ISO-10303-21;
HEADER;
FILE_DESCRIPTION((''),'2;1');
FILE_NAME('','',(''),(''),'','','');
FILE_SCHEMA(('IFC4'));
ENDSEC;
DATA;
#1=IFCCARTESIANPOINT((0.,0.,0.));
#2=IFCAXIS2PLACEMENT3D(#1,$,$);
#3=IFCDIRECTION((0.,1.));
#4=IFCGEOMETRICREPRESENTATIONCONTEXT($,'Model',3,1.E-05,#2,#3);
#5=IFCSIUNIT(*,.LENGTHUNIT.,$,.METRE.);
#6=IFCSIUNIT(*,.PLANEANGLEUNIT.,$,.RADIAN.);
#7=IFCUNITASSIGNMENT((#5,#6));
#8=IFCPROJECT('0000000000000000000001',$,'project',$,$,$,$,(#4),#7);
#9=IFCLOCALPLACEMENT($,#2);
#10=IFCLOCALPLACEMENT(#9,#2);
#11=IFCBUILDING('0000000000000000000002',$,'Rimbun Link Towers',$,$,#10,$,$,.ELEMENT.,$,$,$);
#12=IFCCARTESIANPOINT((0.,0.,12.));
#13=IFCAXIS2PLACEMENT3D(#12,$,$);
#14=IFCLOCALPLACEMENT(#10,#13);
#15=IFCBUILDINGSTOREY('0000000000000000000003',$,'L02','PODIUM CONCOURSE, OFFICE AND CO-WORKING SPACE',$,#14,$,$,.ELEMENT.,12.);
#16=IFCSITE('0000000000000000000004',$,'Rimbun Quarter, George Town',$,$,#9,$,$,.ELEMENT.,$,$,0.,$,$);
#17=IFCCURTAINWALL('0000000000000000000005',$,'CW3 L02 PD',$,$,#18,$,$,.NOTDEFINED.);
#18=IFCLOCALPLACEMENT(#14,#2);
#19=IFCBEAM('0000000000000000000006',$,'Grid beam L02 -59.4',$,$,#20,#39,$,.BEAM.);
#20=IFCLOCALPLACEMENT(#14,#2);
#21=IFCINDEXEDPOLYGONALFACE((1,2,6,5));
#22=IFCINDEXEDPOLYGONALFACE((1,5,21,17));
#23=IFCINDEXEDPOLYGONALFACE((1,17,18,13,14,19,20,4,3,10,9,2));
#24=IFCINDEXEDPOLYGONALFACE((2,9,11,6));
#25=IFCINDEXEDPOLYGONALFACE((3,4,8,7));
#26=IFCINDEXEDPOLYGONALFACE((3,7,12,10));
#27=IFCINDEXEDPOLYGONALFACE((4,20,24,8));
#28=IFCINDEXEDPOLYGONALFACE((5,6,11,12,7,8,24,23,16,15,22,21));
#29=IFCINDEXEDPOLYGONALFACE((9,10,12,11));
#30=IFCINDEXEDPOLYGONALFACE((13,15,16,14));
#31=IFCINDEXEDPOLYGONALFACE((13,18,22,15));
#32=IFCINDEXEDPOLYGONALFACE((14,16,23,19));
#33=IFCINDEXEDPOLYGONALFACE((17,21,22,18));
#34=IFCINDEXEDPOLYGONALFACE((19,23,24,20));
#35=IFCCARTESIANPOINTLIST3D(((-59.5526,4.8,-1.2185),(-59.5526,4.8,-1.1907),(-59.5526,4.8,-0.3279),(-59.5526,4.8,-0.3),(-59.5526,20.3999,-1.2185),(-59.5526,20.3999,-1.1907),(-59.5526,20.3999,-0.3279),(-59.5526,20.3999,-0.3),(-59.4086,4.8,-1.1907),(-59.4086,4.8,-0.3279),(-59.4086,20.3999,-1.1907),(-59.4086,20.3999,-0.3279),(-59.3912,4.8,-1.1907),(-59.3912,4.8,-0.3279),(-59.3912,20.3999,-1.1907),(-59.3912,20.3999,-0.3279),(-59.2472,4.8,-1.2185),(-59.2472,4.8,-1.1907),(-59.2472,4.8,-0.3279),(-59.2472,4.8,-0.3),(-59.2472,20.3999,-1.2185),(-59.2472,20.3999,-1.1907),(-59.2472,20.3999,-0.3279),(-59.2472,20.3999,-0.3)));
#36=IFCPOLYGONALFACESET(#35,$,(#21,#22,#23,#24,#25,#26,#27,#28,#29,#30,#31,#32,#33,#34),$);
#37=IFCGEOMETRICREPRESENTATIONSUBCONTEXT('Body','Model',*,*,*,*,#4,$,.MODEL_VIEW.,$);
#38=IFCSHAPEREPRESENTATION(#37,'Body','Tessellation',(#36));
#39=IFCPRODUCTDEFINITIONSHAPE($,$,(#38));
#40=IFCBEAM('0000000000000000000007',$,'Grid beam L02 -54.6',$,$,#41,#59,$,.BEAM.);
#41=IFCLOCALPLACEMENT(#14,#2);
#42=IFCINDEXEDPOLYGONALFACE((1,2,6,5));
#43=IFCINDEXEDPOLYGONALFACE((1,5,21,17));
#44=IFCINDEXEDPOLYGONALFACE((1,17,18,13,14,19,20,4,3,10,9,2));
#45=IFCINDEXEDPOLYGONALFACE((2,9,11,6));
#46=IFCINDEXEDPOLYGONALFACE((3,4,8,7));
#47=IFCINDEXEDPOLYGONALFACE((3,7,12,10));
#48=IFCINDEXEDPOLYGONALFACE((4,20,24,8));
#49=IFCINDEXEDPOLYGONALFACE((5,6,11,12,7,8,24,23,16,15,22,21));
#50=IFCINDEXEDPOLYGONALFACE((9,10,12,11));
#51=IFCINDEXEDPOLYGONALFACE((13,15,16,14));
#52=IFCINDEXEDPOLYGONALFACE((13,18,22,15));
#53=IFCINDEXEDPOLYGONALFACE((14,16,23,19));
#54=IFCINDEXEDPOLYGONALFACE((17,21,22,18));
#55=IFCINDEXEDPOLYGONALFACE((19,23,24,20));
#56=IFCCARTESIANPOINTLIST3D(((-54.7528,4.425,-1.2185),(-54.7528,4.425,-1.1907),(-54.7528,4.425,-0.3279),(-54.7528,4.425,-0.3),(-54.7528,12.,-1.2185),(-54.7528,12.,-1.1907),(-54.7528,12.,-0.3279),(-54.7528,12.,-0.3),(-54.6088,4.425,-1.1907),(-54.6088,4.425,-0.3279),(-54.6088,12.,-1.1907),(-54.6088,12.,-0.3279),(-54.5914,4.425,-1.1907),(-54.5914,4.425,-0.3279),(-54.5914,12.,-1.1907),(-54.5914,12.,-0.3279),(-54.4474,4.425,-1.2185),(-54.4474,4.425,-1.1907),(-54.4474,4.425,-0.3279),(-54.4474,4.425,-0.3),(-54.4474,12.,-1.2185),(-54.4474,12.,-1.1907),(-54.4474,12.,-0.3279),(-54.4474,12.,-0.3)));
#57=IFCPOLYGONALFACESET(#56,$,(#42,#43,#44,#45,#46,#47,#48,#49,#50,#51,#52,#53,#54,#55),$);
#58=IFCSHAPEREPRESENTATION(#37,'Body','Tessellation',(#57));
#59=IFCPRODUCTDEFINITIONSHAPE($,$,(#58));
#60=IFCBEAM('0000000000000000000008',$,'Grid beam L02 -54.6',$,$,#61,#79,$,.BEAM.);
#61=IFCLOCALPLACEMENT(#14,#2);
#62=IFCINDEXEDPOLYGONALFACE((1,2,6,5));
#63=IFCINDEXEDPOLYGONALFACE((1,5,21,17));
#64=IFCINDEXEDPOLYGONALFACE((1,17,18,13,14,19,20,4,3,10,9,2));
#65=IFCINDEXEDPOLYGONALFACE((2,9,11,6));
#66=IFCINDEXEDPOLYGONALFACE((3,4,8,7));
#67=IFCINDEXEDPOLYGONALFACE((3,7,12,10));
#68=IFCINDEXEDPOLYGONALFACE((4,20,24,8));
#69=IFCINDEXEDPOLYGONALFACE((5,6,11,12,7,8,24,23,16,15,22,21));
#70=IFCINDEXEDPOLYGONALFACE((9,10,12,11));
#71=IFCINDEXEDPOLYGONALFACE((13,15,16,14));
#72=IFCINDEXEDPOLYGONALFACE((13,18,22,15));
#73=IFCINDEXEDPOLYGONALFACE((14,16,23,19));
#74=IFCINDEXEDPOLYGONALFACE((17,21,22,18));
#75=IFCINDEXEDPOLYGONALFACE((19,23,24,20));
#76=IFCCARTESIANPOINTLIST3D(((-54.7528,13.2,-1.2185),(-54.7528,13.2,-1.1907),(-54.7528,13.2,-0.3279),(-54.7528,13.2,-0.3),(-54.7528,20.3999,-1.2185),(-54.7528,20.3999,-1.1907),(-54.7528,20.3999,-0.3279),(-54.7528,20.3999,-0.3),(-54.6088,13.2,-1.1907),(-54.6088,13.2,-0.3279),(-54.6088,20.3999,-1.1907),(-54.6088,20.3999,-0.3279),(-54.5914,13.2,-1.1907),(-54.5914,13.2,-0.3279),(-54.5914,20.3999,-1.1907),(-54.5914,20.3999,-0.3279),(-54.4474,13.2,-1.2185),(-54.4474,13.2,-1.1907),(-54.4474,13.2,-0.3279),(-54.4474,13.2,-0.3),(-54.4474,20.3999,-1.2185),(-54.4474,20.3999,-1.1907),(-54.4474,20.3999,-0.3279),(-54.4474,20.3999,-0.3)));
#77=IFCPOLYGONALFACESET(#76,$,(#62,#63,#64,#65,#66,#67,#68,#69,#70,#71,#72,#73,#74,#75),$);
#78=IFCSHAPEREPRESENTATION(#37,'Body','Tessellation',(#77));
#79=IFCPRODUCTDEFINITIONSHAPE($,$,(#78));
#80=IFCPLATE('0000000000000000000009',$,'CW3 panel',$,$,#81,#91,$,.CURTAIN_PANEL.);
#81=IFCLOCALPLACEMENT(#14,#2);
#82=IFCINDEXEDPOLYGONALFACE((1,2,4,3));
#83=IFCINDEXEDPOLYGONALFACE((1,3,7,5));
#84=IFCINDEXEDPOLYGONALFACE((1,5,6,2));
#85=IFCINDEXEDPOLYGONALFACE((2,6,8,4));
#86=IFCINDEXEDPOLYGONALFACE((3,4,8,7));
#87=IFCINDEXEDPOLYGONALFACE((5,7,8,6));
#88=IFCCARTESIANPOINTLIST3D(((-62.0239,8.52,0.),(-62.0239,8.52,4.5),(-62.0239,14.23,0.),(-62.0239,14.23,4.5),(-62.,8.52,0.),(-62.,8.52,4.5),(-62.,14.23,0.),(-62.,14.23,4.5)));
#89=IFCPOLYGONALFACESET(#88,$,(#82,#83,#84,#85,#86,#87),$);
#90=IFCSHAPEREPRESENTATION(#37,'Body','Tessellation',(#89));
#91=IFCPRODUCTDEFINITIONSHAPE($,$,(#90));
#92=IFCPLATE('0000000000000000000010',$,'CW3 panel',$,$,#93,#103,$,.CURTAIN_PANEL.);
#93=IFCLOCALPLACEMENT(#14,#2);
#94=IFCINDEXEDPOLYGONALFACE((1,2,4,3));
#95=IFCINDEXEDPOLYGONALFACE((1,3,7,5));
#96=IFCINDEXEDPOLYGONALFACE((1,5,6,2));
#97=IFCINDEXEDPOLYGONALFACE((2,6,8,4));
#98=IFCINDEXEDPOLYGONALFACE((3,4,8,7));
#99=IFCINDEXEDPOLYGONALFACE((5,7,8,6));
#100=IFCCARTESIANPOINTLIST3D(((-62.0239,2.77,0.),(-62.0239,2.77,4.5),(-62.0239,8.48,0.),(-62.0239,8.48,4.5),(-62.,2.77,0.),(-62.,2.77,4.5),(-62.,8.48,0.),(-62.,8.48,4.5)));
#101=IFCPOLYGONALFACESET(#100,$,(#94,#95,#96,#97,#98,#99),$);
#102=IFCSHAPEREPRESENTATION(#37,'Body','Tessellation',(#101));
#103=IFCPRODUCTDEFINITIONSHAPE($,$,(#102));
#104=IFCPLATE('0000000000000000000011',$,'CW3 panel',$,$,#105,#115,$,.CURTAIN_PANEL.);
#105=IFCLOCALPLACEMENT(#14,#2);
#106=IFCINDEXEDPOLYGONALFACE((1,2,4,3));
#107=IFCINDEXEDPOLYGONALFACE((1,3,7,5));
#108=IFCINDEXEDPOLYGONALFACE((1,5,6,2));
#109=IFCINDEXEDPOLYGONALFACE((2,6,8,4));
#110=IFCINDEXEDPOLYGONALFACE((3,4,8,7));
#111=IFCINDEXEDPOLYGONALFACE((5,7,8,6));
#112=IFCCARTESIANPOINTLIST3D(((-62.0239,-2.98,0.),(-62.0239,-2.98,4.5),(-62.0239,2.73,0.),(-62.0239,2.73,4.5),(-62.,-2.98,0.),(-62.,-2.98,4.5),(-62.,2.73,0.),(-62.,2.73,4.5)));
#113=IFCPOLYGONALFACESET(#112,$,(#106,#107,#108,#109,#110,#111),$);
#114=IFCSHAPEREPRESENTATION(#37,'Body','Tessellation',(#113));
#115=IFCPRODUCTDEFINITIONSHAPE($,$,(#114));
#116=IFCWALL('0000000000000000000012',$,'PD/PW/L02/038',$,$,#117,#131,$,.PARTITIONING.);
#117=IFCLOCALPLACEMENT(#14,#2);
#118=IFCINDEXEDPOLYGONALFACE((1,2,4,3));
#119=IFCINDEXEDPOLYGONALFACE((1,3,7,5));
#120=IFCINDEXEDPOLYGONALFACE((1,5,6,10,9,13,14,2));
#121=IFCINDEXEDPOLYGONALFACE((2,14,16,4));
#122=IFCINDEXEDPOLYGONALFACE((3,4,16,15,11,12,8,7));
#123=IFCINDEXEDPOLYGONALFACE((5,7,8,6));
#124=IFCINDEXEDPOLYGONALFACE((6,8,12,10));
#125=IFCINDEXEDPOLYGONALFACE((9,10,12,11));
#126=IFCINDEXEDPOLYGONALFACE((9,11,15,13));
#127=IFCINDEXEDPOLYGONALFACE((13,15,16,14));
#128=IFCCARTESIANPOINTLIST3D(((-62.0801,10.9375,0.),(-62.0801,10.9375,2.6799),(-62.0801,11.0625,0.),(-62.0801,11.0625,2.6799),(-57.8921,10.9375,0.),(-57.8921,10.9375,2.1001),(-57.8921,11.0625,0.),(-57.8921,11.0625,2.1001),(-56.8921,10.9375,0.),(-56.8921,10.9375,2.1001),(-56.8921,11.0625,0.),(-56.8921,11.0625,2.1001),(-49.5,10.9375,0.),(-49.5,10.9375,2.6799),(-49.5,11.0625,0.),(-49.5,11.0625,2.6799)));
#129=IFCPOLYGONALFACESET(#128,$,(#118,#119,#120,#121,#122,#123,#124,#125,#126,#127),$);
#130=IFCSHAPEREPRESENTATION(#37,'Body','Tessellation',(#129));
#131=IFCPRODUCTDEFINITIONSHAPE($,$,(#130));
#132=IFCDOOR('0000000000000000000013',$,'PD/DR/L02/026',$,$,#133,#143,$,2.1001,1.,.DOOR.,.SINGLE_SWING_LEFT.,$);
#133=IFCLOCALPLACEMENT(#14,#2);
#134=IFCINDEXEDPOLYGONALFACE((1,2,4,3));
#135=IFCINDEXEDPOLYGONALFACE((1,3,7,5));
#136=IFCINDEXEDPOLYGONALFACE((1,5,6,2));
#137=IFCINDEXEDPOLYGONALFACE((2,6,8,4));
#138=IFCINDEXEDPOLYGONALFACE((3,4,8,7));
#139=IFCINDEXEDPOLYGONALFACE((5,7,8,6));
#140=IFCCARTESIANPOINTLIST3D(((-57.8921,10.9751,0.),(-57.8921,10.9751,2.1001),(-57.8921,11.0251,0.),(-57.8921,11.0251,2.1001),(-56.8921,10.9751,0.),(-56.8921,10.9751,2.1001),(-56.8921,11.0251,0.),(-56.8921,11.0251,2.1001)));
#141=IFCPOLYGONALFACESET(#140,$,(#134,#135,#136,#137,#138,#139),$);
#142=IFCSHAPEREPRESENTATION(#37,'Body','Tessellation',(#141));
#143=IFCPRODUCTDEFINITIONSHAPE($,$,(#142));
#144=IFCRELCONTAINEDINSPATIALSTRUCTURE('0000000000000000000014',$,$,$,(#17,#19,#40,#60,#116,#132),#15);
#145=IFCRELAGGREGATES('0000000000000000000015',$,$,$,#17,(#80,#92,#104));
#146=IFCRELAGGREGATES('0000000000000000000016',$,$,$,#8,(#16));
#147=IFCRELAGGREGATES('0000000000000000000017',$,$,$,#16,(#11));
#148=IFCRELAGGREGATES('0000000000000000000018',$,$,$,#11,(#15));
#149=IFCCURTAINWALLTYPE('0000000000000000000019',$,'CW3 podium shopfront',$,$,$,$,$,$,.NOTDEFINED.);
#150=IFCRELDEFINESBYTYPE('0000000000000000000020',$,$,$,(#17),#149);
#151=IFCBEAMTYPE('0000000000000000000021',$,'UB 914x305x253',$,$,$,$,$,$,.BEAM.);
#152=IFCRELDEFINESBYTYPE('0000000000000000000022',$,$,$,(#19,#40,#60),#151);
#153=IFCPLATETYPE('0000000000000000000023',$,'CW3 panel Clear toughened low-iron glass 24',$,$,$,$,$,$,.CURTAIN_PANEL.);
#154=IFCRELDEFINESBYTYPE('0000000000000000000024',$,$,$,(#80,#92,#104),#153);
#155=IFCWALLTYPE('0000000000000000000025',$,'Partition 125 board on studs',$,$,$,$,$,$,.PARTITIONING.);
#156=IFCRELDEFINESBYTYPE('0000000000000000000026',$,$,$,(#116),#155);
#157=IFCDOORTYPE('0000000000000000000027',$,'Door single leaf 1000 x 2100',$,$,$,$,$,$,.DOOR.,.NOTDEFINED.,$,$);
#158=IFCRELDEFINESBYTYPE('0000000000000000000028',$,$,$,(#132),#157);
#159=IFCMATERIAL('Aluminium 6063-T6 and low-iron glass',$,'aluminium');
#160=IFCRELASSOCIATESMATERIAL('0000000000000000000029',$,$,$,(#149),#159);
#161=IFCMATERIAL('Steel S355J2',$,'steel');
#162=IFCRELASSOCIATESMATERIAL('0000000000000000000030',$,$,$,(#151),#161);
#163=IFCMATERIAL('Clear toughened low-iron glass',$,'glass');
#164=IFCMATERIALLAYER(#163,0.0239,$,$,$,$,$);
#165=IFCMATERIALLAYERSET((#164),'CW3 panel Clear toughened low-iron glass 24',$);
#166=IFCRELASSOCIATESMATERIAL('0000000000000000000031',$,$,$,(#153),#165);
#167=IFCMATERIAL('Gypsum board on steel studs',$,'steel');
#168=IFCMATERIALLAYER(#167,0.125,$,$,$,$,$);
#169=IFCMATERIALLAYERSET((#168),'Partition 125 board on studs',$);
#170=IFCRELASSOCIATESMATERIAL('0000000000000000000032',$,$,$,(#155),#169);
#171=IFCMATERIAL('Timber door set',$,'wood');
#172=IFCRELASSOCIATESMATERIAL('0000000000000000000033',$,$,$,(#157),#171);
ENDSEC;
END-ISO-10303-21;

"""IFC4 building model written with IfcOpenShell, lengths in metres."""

from ifc_helpers import new_model, si_unit, direction, frame, frame_2d, origin, origin_2d, place, context, subcontext, project, spatial, rectangle, i_section, extrude, material, layer, layer_set, material_profile, profile_set, type_object, element, fill, aggregate, save


model = new_model("IFC4")

# Units and contexts
model_context = context("Model", 3, precision=1e-05, world=origin(), true_north=direction((0.0, 1.0)))
body_context = subcontext(model_context, "Body", "Model", "MODEL_VIEW")
ifc_project = project(units=[si_unit("LENGTHUNIT", "METRE"), si_unit("PLANEANGLEUNIT", "RADIAN")], contexts=[model_context])

# Site, building, storey
site_placement = place(None, origin())
site = spatial("IfcSite", under=ifc_project, at=site_placement, Name="Rimbun Quarter, George Town", CompositionType="ELEMENT", RefElevation=0.0)
building_placement = place(site_placement, origin())
building = spatial("IfcBuilding", under=site, at=building_placement, Name="Rimbun Link Towers", CompositionType="ELEMENT")
storey_placement = place(building_placement, frame((0.0, 0.0, 12.0)))
storey = spatial("IfcBuildingStorey", under=building, at=storey_placement, Name="L02", Description="PODIUM CONCOURSE, OFFICE AND CO-WORKING SPACE", CompositionType="ELEMENT", Elevation=12.0)

# Curtain wall
ifc_material_1 = material(Name="Aluminium 6063-T6 and low-iron glass", Category="aluminium")
curtain_wall_type = type_object("IfcCurtainWallType", Name="CW3 podium shopfront", PredefinedType="NOTDEFINED", material=ifc_material_1)
curtain_wall_placement = place(storey_placement, origin())
curtain_wall = element("IfcCurtainWall", 1, at=curtain_wall_placement, inside=storey, type_object=curtain_wall_type, Name="CW3 L02 PD", PredefinedType="NOTDEFINED")

# Beams
ifc_material_2 = material(Name="Steel S355J2", Category="steel")
ifc_material_profile_1 = material_profile(ifc_material_2, i_section(OverallWidth=0.3054, OverallDepth=0.9185, WebThickness=0.0173, FlangeThickness=0.0278, at=origin_2d()), Name="UB 914x305x253")
ifc_profile_set_1 = profile_set([ifc_material_profile_1], Name="Steel S355J2")
beam_type_1 = type_object("IfcBeamType", Name="UB 914x305x253", PredefinedType="BEAM", material=ifc_profile_set_1)
beam_1_placement = place(storey_placement, frame((-59.3999, 4.8, -0.7593), z_axis=(0.0, 1.0, 0.0), x_axis=(-1.0, 0.0, 0.0)))
element("IfcBeam", 2, at=beam_1_placement, inside=storey, type_object=beam_type_1, Name="Grid beam L02 -59.4", PredefinedType="BEAM", context=body_context, shape_type="SweptSolid", body=[
    extrude(i_section(OverallWidth=0.3054, OverallDepth=0.9185, WebThickness=0.0173, FlangeThickness=0.0278, at=origin_2d()), origin(), (0.0, 0.0, 1.0), 15.5999),
])
beam_2_placement = place(storey_placement, frame((-54.6001, 4.425, -0.7593), z_axis=(0.0, 1.0, 0.0), x_axis=(-1.0, 0.0, 0.0)))
element("IfcBeam", 3, at=beam_2_placement, inside=storey, type_object=beam_type_1, Name="Grid beam L02 -54.6", PredefinedType="BEAM", context=body_context, shape_type="SweptSolid", body=[
    extrude(i_section(OverallWidth=0.3054, OverallDepth=0.9185, WebThickness=0.0173, FlangeThickness=0.0278, at=origin_2d()), origin(), (0.0, 0.0, 1.0), 7.575),
])
beam_3_placement = place(storey_placement, frame((-54.6001, 13.2, -0.7593), z_axis=(0.0, 1.0, 0.0), x_axis=(-1.0, 0.0, 0.0)))
element("IfcBeam", 4, at=beam_3_placement, inside=storey, type_object=beam_type_1, Name="Grid beam L02 -54.6", PredefinedType="BEAM", context=body_context, shape_type="SweptSolid", body=[
    extrude(i_section(OverallWidth=0.3054, OverallDepth=0.9185, WebThickness=0.0173, FlangeThickness=0.0278, at=origin_2d()), origin(), (0.0, 0.0, 1.0), 7.2),
])

# Plates
ifc_material_3 = material(Name="Clear toughened low-iron glass", Category="glass")
ifc_layer_1 = layer(ifc_material_3, 0.0239)
ifc_layer_set_1 = layer_set([ifc_layer_1], Name="CW3 panel Clear toughened low-iron glass 24")
plate_type = type_object("IfcPlateType", Name="CW3 panel Clear toughened low-iron glass 24", PredefinedType="CURTAIN_PANEL", material=ifc_layer_set_1)
plate_1_placement = place(storey_placement, frame((-62.012, 11.375, 0.0), z_axis=(0.0, 0.0, 1.0), x_axis=(0.0, 1.0, 0.0)))
plate_1 = element("IfcPlate", 5, at=plate_1_placement, type_object=plate_type, Name="CW3 panel", PredefinedType="CURTAIN_PANEL", context=body_context, shape_type="SweptSolid", body=[
    extrude(rectangle(XDim=5.71, YDim=0.0239, at=origin_2d()), origin(), (0.0, 0.0, 1.0), 4.5),
])
plate_2_placement = place(storey_placement, frame((-62.012, 5.625, 0.0), z_axis=(0.0, 0.0, 1.0), x_axis=(0.0, 1.0, 0.0)))
plate_2 = element("IfcPlate", 6, at=plate_2_placement, type_object=plate_type, Name="CW3 panel", PredefinedType="CURTAIN_PANEL", context=body_context, shape_type="SweptSolid", body=[
    extrude(rectangle(XDim=5.71, YDim=0.0239, at=origin_2d()), origin(), (0.0, 0.0, 1.0), 4.5),
])
plate_3_placement = place(storey_placement, frame((-62.012, -0.125, 0.0), z_axis=(0.0, 0.0, 1.0), x_axis=(0.0, 1.0, 0.0)))
plate_3 = element("IfcPlate", 7, at=plate_3_placement, type_object=plate_type, Name="CW3 panel", PredefinedType="CURTAIN_PANEL", context=body_context, shape_type="SweptSolid", body=[
    extrude(rectangle(XDim=5.71, YDim=0.0239, at=origin_2d()), origin(), (0.0, 0.0, 1.0), 4.5),
])
aggregate(curtain_wall, [plate_1, plate_2, plate_3])

# Wall, opening, door
ifc_material_4 = material(Name="Gypsum board on steel studs", Category="steel")
ifc_layer_2 = layer(ifc_material_4, 0.125)
ifc_layer_set_2 = layer_set([ifc_layer_2], Name="Partition 125 board on studs")
wall_type = type_object("IfcWallType", Name="Partition 125 board on studs", PredefinedType="PARTITIONING", material=ifc_layer_set_2)
wall_placement = place(storey_placement, frame((-49.5, 11.0, 0.0), z_axis=(0.0, 0.0, 1.0), x_axis=(-1.0, 0.0, 0.0)))
wall = element("IfcWall", 8, at=wall_placement, inside=storey, type_object=wall_type, Name="PD/PW/L02/038", PredefinedType="PARTITIONING", context=body_context, shape_type="SweptSolid", body=[
    extrude(rectangle(XDim=12.5801, YDim=0.125, at=frame_2d((6.29, 0.0))), origin(), (0.0, 0.0, 1.0), 2.6799),
])
opening_placement = place(wall_placement, frame((7.3921, 0.0, 0.0)))
opening = element("IfcOpeningElement", 9, at=opening_placement, cuts=wall, PredefinedType="OPENING", context=body_context, shape_type="SweptSolid", body=[
    extrude(rectangle(XDim=1.0, YDim=2.1001, at=frame_2d((0.5, 1.05))), frame((0.0, 0.0725, 0.0), z_axis=(0.0, -1.0, 0.0), x_axis=(1.0, 0.0, 0.0)), (0.0, 0.0, 1.0), 0.145),
])
ifc_material_5 = material(Name="Timber door set", Category="wood")
door_type = type_object("IfcDoorType", Name="Door single leaf 1000 x 2100", OperationType="NOTDEFINED", PredefinedType="DOOR", material=ifc_material_5)
door_placement = place(opening_placement, origin())
door = element("IfcDoor", 10, at=door_placement, inside=storey, type_object=door_type, Name="PD/DR/L02/026", OperationType="SINGLE_SWING_LEFT", OverallHeight=2.1001, OverallWidth=1.0, PredefinedType="DOOR", context=body_context, shape_type="SweptSolid", body=[
    extrude(rectangle(XDim=1.0, YDim=2.1001, at=frame_2d((0.5, 1.05))), frame((0.0, 0.0249, 0.0), z_axis=(0.0, -1.0, 0.0), x_axis=(1.0, 0.0, 0.0)), (0.0, 0.0, 1.0), 0.05),
])
fill(opening, door)

save(model, "model.ifc")
